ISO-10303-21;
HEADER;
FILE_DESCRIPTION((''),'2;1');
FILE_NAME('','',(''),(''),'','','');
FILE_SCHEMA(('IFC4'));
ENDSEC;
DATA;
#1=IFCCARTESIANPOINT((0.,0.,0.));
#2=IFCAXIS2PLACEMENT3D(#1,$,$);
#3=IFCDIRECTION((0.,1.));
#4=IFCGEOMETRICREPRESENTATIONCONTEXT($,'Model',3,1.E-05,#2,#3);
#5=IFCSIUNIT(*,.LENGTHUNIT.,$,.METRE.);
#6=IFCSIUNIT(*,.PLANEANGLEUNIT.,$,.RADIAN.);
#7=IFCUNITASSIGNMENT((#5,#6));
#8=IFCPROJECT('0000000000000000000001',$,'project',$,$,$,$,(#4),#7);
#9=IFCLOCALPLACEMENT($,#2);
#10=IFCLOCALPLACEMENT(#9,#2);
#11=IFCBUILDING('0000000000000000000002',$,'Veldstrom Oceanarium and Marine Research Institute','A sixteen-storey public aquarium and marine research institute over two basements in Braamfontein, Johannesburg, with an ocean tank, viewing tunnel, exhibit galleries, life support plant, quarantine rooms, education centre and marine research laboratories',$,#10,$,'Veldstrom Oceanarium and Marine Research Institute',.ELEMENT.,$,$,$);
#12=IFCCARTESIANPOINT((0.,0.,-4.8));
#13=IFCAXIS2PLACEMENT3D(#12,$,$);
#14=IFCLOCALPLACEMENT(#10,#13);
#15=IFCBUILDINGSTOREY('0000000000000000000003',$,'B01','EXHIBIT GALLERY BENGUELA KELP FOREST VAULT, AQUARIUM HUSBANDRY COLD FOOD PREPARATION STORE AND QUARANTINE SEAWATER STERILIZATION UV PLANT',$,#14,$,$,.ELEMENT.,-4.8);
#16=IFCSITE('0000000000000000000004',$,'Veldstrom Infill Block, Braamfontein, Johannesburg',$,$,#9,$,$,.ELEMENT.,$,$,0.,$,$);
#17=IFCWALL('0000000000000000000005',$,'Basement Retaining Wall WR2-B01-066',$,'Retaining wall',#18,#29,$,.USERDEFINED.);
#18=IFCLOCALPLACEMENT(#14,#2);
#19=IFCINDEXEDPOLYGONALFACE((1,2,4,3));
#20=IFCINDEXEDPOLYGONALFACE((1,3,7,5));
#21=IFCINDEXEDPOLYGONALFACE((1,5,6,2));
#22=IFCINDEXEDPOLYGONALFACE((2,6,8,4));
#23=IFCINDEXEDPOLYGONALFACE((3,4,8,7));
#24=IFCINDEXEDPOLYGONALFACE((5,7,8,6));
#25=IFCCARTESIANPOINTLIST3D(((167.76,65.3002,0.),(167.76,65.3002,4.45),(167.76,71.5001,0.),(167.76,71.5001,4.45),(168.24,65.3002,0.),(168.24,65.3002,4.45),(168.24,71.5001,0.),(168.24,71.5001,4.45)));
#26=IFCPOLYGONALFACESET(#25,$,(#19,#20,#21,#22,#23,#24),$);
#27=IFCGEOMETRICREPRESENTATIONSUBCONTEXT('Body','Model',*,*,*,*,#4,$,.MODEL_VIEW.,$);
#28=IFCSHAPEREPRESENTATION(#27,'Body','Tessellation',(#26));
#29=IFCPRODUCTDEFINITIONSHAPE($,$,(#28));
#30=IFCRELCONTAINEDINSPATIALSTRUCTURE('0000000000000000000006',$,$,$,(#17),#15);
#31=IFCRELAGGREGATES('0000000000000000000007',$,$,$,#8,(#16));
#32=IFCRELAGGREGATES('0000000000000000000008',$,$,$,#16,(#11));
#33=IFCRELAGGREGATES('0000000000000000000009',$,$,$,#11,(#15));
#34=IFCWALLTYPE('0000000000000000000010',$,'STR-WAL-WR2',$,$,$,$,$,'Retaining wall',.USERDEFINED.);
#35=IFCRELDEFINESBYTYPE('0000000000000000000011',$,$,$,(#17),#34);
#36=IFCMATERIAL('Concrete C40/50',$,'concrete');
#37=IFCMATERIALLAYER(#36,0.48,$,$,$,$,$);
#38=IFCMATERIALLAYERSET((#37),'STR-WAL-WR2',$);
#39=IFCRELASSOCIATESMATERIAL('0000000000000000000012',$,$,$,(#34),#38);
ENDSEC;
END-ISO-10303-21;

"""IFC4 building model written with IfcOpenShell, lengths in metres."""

from ifc_helpers import new_model, si_unit, direction, frame, frame_2d, origin, place, context, subcontext, project, spatial, rectangle, extrude, material, layer, layer_set, type_object, element, save


model = new_model("IFC4")

# Units and contexts
model_context = context("Model", 3, precision=1e-05, world=origin(), true_north=direction((0.0, 1.0)))
body_context = subcontext(model_context, "Body", "Model", "MODEL_VIEW")
ifc_project = project(units=[si_unit("LENGTHUNIT", "METRE"), si_unit("PLANEANGLEUNIT", "RADIAN")], contexts=[model_context])

# Site, building, storey
site_placement = place(None, origin())
site = spatial("IfcSite", under=ifc_project, at=site_placement, Name="Veldstrom Infill Block, Braamfontein, Johannesburg", CompositionType="ELEMENT", RefElevation=0.0)
building_placement = place(site_placement, origin())
building = spatial("IfcBuilding", under=site, at=building_placement, Name="Veldstrom Oceanarium and Marine Research Institute", Description="A sixteen-storey public aquarium and marine research institute over two basements in Braamfontein, Johannesburg, with an ocean tank, viewing tunnel, exhibit galleries, life support plant, quarantine rooms, education centre and marine research laboratories", LongName="Veldstrom Oceanarium and Marine Research Institute", CompositionType="ELEMENT")
storey_placement = place(building_placement, frame((0.0, 0.0, -4.8)))
storey = spatial("IfcBuildingStorey", under=building, at=storey_placement, Name="B01", Description="EXHIBIT GALLERY BENGUELA KELP FOREST VAULT, AQUARIUM HUSBANDRY COLD FOOD PREPARATION STORE AND QUARANTINE SEAWATER STERILIZATION UV PLANT", CompositionType="ELEMENT", Elevation=-4.8)

# Wall
ifc_material_1 = material(Name="Concrete C40/50", Category="concrete")
ifc_layer_1 = layer(ifc_material_1, 0.48)
ifc_layer_set_1 = layer_set([ifc_layer_1], Name="STR-WAL-WR2")
wall_type_1 = type_object("IfcWallType", Name="STR-WAL-WR2", ElementType="Retaining wall", PredefinedType="USERDEFINED", material=ifc_layer_set_1)
wall_1_placement = place(storey_placement, frame((168.0, 65.3, 0.0), z_axis=(0.0, 0.0, 1.0), x_axis=(0.0, 1.0, 0.0)))
element("IfcWall", 1, at=wall_1_placement, inside=storey, type_object=wall_type_1, Name="Basement Retaining Wall WR2-B01-066", ObjectType="Retaining wall", PredefinedType="USERDEFINED", context=body_context, shape_type="SweptSolid", body=[
    extrude(rectangle(XDim=6.2, YDim=0.48, at=frame_2d((3.1001, 0.0))), origin(), (0.0, 0.0, 1.0), 4.45),
])

save(model, "model.ifc")
